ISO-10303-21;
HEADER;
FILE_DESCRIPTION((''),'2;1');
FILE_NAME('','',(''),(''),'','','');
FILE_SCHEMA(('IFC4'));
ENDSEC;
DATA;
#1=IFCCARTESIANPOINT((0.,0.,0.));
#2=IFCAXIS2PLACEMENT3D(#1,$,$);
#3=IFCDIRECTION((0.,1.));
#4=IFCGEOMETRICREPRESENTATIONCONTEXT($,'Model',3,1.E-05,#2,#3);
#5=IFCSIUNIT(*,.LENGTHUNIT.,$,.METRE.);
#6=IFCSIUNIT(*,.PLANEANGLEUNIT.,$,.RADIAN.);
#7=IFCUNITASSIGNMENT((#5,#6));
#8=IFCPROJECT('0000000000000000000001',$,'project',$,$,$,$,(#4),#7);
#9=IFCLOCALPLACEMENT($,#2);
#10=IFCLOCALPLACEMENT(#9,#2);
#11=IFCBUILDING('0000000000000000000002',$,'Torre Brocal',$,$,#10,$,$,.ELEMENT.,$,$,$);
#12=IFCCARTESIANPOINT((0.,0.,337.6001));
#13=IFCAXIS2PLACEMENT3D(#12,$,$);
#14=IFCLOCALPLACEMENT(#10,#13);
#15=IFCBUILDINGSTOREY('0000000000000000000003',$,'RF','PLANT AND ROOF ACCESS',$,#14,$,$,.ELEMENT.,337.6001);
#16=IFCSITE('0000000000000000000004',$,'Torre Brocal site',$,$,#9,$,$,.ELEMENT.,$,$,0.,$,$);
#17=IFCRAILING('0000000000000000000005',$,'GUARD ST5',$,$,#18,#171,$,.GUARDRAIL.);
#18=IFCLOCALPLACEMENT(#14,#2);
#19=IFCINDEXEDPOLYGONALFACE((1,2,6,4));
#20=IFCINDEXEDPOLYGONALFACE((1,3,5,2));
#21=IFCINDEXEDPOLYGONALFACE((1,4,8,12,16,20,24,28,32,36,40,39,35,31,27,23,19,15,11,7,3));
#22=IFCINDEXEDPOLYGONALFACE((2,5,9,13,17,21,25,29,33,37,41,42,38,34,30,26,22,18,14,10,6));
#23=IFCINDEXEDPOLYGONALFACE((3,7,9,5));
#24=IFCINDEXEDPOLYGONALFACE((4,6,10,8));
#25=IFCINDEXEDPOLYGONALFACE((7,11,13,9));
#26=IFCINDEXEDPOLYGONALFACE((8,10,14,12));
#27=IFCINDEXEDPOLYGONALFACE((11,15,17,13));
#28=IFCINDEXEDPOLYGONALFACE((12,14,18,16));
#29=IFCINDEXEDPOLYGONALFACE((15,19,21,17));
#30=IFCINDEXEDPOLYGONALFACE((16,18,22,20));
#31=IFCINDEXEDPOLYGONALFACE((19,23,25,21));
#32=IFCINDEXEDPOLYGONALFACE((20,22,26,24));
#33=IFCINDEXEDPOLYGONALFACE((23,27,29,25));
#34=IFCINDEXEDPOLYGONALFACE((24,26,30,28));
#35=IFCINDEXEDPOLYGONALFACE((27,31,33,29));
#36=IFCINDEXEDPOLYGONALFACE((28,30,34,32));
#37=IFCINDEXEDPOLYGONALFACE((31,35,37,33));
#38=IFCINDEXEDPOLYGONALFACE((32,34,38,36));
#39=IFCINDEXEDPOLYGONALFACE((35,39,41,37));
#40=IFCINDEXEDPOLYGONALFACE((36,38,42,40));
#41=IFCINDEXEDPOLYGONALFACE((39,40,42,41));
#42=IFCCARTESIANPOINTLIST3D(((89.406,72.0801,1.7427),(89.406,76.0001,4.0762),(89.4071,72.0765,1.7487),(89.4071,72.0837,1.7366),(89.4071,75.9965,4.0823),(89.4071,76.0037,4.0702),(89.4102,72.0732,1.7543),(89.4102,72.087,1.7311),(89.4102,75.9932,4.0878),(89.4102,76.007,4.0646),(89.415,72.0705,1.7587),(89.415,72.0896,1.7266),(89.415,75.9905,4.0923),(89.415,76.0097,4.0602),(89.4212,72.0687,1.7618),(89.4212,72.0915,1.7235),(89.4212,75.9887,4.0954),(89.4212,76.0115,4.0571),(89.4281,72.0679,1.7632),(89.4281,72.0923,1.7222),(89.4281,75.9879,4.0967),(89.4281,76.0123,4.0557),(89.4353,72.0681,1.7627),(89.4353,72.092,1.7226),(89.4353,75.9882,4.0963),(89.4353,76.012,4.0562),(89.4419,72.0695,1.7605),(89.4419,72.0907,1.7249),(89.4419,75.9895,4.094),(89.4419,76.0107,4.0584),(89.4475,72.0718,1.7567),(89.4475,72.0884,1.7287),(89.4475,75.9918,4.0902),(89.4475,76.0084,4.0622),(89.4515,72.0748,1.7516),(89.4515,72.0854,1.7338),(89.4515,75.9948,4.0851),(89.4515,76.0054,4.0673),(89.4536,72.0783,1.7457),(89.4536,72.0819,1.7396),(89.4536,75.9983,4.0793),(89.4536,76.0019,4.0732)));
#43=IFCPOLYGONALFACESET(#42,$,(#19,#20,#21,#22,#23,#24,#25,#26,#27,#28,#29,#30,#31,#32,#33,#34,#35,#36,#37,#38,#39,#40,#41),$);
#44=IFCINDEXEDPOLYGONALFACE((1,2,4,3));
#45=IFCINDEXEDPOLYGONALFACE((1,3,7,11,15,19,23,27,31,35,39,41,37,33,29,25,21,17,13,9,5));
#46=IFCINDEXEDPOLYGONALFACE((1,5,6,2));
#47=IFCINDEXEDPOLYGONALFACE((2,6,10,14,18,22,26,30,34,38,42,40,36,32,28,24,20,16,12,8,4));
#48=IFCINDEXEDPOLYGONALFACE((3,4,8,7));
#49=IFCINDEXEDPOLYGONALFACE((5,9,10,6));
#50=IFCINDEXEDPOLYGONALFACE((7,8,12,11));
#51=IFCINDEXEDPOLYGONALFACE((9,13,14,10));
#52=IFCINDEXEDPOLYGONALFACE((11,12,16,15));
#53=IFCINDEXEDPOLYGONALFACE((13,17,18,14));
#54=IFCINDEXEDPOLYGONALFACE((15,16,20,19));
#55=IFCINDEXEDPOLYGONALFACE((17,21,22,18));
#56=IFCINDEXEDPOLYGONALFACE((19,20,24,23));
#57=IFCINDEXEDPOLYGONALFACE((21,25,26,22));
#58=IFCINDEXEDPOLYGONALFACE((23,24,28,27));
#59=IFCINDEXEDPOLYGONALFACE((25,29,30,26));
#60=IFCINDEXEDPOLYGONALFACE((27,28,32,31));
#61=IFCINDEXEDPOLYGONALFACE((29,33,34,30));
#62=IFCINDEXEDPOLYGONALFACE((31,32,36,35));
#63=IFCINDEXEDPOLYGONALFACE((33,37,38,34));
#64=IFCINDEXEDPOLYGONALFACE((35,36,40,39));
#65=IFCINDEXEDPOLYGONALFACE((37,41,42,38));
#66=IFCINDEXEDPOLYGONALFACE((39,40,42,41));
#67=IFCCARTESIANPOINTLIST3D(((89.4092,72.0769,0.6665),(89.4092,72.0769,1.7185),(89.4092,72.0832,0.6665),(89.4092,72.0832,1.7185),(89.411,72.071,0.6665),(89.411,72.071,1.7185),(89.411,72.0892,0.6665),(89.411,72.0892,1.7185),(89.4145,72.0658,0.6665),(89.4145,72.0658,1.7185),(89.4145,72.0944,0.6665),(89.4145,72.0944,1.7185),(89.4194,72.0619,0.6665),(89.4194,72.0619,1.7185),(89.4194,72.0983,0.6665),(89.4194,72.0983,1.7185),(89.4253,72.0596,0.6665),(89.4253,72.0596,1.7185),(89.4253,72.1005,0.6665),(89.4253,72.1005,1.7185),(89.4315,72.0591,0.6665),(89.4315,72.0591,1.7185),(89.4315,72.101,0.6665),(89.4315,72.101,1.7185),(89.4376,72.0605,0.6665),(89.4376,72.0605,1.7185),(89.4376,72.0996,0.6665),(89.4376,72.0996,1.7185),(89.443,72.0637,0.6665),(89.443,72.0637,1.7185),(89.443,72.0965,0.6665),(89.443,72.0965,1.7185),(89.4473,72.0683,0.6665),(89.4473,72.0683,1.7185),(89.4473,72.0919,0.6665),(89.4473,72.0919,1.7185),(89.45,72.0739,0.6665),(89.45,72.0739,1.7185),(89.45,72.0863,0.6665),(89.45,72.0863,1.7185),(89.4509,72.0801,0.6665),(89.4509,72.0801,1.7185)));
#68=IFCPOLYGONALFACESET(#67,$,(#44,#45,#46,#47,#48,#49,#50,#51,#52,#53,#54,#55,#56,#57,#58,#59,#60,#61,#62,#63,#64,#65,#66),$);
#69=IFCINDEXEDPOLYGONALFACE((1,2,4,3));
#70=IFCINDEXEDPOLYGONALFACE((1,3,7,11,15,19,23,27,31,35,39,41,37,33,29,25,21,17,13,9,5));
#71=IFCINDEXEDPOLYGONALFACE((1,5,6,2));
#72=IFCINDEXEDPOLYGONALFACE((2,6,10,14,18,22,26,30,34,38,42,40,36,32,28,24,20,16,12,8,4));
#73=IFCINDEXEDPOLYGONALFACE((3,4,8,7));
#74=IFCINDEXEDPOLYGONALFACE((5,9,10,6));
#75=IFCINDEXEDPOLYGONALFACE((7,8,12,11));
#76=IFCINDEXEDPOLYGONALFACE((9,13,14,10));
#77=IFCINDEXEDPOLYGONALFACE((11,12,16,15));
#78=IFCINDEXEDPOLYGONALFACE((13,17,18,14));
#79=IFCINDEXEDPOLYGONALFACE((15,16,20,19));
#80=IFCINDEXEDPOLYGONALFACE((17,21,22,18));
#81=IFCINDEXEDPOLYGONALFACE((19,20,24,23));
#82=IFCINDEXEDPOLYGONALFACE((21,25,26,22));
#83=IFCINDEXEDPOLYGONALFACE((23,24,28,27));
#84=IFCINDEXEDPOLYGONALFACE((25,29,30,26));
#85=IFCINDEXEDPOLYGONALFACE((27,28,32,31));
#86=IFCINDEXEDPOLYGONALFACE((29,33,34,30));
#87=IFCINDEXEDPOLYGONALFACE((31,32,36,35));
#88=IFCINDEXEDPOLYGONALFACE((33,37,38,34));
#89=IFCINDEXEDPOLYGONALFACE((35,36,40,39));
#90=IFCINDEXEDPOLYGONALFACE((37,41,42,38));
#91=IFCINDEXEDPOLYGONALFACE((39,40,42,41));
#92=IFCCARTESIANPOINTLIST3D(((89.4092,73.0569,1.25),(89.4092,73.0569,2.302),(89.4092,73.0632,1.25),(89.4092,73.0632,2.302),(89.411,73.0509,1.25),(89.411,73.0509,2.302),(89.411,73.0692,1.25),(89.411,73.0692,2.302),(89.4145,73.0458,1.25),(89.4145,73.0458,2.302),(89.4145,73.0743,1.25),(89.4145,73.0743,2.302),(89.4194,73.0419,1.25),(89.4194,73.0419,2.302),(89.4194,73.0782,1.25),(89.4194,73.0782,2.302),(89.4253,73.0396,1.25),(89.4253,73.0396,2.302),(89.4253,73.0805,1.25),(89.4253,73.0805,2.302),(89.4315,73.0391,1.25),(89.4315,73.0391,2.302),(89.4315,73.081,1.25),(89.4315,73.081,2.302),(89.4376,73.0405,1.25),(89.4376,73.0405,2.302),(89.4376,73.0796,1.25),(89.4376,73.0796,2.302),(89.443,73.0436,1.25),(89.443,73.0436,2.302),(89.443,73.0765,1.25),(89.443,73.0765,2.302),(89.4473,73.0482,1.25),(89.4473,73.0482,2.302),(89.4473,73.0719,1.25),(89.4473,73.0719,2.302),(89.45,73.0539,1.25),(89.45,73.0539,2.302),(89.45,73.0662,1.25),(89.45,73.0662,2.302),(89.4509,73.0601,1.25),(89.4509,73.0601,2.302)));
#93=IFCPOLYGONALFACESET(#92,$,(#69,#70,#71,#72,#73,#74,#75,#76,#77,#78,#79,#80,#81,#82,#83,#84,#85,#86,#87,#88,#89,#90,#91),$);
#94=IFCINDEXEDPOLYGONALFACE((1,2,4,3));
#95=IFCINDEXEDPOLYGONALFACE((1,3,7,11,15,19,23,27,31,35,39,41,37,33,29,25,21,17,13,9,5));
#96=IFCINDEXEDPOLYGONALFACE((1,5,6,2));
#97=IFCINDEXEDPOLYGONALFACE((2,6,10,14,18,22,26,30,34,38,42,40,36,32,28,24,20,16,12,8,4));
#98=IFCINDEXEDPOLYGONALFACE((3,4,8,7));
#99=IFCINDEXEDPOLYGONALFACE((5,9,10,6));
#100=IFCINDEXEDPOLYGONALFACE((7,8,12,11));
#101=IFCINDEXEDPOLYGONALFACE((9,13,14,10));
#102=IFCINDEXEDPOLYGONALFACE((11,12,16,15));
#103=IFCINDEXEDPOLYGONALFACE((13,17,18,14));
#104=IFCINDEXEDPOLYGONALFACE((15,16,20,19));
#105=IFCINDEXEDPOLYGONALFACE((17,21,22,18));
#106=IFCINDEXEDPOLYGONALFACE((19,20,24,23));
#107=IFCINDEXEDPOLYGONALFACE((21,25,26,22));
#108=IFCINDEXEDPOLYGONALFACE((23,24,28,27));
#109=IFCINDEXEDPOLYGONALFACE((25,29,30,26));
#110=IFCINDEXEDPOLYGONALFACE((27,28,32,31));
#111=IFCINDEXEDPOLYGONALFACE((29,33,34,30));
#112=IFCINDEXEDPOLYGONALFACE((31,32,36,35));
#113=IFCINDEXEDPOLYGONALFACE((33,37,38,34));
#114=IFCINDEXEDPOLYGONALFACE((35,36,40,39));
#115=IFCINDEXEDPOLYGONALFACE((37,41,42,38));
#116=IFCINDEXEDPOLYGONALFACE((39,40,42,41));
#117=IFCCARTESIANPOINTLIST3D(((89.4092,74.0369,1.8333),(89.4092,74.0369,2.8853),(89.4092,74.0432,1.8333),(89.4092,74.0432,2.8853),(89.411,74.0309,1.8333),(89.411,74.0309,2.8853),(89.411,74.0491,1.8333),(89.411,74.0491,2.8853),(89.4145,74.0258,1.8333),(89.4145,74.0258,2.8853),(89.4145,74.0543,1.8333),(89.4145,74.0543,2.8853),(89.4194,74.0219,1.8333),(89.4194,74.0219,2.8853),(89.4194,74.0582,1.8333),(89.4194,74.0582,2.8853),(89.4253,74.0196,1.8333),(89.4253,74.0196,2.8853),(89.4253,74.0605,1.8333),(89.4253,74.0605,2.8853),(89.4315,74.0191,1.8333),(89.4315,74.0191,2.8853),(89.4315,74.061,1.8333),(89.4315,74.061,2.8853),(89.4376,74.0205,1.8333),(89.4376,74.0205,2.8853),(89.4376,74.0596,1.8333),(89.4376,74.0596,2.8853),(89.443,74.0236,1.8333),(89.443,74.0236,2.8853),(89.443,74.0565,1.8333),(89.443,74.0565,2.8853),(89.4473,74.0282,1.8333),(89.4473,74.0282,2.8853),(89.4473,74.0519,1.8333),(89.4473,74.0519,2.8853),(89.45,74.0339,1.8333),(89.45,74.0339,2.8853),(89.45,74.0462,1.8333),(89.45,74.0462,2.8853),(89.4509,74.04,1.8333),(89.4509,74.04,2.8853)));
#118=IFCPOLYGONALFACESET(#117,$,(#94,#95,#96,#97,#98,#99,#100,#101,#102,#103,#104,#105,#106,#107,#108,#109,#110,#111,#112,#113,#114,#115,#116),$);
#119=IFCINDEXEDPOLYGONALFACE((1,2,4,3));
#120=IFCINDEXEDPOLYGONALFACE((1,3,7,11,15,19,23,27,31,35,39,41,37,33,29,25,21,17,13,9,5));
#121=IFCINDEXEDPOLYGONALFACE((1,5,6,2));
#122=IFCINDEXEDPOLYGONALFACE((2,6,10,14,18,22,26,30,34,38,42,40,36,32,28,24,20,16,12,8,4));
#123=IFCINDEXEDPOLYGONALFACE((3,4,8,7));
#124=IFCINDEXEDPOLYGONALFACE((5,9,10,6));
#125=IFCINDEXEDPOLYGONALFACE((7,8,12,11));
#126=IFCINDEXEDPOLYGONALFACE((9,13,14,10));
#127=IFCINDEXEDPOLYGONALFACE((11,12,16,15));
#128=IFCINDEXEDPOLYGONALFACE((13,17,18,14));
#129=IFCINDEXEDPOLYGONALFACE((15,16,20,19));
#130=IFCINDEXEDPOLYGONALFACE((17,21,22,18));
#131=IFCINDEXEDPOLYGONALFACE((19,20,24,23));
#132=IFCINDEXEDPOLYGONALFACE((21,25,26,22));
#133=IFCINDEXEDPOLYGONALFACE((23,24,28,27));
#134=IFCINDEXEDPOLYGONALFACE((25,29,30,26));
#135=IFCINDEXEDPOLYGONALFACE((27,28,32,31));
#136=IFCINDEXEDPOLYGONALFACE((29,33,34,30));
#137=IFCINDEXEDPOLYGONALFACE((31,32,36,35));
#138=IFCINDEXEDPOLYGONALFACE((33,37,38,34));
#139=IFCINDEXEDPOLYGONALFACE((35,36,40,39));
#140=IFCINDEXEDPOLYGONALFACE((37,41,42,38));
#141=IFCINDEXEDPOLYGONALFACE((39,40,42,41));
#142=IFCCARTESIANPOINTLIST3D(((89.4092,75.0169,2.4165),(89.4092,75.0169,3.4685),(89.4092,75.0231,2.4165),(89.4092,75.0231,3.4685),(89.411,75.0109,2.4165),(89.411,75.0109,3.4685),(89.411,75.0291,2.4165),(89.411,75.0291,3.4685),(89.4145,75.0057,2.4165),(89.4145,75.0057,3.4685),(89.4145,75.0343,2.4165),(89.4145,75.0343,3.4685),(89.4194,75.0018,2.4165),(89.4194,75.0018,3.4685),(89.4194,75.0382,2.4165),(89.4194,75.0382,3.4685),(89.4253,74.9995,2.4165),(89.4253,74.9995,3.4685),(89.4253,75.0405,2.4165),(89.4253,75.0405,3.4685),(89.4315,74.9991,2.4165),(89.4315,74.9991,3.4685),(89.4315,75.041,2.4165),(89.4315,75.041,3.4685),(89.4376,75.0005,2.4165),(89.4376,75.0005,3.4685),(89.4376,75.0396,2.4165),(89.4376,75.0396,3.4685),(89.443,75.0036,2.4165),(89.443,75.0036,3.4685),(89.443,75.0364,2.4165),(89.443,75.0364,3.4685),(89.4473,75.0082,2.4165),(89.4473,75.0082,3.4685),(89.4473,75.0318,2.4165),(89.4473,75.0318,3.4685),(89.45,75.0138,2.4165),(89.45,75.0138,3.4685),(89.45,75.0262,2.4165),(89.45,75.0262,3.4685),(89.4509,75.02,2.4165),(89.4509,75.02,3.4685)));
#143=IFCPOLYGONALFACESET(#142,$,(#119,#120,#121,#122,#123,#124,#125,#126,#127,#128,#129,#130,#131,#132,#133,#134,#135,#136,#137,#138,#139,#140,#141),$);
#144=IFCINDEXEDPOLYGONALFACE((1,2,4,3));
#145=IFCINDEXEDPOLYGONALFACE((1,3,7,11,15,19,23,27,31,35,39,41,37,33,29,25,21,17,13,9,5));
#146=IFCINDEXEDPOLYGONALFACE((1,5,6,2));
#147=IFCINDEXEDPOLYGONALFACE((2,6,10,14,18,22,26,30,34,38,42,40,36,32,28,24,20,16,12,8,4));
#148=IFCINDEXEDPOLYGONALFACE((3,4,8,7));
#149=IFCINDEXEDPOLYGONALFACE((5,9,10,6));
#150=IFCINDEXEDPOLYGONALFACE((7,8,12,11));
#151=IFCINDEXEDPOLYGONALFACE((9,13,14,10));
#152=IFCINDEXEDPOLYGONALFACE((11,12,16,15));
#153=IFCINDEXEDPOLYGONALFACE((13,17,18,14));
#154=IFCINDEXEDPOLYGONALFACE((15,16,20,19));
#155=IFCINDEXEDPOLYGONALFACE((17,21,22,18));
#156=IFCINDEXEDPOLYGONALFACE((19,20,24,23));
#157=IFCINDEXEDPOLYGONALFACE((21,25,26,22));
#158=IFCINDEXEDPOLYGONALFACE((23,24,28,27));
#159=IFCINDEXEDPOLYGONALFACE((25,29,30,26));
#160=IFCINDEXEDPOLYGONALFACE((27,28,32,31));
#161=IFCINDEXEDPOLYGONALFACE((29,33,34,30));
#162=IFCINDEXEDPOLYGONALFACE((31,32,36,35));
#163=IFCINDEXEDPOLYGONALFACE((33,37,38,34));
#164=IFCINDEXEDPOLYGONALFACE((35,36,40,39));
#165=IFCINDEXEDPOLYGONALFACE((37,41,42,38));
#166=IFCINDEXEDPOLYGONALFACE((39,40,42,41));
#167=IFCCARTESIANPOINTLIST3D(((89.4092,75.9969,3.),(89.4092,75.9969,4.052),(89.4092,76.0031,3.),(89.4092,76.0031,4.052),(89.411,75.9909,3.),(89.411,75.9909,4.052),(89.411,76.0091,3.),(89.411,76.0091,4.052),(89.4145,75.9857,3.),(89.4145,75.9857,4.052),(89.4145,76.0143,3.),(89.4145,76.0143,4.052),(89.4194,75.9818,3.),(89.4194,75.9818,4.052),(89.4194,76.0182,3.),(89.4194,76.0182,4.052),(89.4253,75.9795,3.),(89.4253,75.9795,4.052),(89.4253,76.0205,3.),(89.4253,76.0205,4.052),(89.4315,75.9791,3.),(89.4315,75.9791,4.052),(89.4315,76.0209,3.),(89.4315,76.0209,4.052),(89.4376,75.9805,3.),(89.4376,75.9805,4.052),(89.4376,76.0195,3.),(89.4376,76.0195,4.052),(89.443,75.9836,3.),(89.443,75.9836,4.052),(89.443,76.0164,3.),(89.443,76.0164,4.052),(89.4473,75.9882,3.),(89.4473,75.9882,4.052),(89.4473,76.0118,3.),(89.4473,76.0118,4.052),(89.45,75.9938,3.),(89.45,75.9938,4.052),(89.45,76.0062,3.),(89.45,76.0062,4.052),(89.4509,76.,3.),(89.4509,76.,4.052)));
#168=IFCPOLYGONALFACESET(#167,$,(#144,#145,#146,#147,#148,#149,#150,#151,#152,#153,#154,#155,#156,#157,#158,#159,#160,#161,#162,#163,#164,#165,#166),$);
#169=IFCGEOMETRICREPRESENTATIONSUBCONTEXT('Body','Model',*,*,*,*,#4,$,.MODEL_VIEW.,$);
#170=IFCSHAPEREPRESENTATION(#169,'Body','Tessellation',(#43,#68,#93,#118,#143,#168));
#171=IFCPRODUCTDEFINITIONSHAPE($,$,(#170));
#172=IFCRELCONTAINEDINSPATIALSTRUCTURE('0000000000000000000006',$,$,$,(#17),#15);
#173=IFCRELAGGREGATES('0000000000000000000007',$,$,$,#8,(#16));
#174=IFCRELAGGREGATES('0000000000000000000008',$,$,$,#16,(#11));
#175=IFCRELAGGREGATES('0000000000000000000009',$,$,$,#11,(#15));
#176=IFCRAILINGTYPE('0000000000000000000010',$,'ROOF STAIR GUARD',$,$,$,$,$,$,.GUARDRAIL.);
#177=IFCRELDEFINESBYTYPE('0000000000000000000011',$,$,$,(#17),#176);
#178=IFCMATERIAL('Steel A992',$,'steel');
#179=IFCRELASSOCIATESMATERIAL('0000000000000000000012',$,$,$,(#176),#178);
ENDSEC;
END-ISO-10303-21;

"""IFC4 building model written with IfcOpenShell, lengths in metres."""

from ifc_helpers import new_model, si_unit, direction, frame, origin, origin_2d, place, context, subcontext, project, spatial, circle, extrude, material, type_object, element, save


model = new_model("IFC4")

# Units and contexts
model_context = context("Model", 3, precision=1e-05, world=origin(), true_north=direction((0.0, 1.0)))
body_context = subcontext(model_context, "Body", "Model", "MODEL_VIEW")
ifc_project = project(units=[si_unit("LENGTHUNIT", "METRE"), si_unit("PLANEANGLEUNIT", "RADIAN")], contexts=[model_context])

# Site, building, storey
site_placement = place(None, origin())
site = spatial("IfcSite", under=ifc_project, at=site_placement, Name="Torre Brocal site", CompositionType="ELEMENT", RefElevation=0.0)
building_placement = place(site_placement, origin())
building = spatial("IfcBuilding", under=site, at=building_placement, Name="Torre Brocal", CompositionType="ELEMENT")
storey_placement = place(building_placement, frame((0.0, 0.0, 337.6001)))
storey = spatial("IfcBuildingStorey", under=building, at=storey_placement, Name="RF", Description="PLANT AND ROOF ACCESS", CompositionType="ELEMENT", Elevation=337.6001)

# Railing
ifc_material_1 = material(Name="Steel A992", Category="steel")
railing_type_1 = type_object("IfcRailingType", Name="ROOF STAIR GUARD", PredefinedType="GUARDRAIL", material=ifc_material_1)
for number, where, name in (
    (1, (89.4299, 72.0801, 0.6665), "GUARD ST5"),
):
    element("IfcRailing", number, at=place(storey_placement, frame(where)), inside=storey, type_object=railing_type_1, Name=name, PredefinedType="GUARDRAIL", context=body_context, shape_type="SweptSolid", body=[
        extrude(circle(Radius=0.0239, at=origin_2d()), frame((0.0, 0.0, 1.0762), z_axis=(0.0, 0.859273, 0.511518), x_axis=(-1.0, 0.0, 0.0)), (0.0, 0.0, 1.0), 4.562),
        extrude(circle(Radius=0.021, at=origin_2d()), origin(), (0.0, 0.0, 1.0), 1.052),
        extrude(circle(Radius=0.021, at=origin_2d()), frame((0.0, 0.98, 0.5835)), (0.0, 0.0, 1.0), 1.052),
        extrude(circle(Radius=0.021, at=origin_2d()), frame((0.0, 1.96, 1.1667)), (0.0, 0.0, 1.0), 1.052),
        extrude(circle(Radius=0.021, at=origin_2d()), frame((0.0, 2.9399, 1.75)), (0.0, 0.0, 1.0), 1.052),
        extrude(circle(Radius=0.021, at=origin_2d()), frame((0.0, 3.9199, 2.3335)), (0.0, 0.0, 1.0), 1.052),
    ])

save(model, "model.ifc")
